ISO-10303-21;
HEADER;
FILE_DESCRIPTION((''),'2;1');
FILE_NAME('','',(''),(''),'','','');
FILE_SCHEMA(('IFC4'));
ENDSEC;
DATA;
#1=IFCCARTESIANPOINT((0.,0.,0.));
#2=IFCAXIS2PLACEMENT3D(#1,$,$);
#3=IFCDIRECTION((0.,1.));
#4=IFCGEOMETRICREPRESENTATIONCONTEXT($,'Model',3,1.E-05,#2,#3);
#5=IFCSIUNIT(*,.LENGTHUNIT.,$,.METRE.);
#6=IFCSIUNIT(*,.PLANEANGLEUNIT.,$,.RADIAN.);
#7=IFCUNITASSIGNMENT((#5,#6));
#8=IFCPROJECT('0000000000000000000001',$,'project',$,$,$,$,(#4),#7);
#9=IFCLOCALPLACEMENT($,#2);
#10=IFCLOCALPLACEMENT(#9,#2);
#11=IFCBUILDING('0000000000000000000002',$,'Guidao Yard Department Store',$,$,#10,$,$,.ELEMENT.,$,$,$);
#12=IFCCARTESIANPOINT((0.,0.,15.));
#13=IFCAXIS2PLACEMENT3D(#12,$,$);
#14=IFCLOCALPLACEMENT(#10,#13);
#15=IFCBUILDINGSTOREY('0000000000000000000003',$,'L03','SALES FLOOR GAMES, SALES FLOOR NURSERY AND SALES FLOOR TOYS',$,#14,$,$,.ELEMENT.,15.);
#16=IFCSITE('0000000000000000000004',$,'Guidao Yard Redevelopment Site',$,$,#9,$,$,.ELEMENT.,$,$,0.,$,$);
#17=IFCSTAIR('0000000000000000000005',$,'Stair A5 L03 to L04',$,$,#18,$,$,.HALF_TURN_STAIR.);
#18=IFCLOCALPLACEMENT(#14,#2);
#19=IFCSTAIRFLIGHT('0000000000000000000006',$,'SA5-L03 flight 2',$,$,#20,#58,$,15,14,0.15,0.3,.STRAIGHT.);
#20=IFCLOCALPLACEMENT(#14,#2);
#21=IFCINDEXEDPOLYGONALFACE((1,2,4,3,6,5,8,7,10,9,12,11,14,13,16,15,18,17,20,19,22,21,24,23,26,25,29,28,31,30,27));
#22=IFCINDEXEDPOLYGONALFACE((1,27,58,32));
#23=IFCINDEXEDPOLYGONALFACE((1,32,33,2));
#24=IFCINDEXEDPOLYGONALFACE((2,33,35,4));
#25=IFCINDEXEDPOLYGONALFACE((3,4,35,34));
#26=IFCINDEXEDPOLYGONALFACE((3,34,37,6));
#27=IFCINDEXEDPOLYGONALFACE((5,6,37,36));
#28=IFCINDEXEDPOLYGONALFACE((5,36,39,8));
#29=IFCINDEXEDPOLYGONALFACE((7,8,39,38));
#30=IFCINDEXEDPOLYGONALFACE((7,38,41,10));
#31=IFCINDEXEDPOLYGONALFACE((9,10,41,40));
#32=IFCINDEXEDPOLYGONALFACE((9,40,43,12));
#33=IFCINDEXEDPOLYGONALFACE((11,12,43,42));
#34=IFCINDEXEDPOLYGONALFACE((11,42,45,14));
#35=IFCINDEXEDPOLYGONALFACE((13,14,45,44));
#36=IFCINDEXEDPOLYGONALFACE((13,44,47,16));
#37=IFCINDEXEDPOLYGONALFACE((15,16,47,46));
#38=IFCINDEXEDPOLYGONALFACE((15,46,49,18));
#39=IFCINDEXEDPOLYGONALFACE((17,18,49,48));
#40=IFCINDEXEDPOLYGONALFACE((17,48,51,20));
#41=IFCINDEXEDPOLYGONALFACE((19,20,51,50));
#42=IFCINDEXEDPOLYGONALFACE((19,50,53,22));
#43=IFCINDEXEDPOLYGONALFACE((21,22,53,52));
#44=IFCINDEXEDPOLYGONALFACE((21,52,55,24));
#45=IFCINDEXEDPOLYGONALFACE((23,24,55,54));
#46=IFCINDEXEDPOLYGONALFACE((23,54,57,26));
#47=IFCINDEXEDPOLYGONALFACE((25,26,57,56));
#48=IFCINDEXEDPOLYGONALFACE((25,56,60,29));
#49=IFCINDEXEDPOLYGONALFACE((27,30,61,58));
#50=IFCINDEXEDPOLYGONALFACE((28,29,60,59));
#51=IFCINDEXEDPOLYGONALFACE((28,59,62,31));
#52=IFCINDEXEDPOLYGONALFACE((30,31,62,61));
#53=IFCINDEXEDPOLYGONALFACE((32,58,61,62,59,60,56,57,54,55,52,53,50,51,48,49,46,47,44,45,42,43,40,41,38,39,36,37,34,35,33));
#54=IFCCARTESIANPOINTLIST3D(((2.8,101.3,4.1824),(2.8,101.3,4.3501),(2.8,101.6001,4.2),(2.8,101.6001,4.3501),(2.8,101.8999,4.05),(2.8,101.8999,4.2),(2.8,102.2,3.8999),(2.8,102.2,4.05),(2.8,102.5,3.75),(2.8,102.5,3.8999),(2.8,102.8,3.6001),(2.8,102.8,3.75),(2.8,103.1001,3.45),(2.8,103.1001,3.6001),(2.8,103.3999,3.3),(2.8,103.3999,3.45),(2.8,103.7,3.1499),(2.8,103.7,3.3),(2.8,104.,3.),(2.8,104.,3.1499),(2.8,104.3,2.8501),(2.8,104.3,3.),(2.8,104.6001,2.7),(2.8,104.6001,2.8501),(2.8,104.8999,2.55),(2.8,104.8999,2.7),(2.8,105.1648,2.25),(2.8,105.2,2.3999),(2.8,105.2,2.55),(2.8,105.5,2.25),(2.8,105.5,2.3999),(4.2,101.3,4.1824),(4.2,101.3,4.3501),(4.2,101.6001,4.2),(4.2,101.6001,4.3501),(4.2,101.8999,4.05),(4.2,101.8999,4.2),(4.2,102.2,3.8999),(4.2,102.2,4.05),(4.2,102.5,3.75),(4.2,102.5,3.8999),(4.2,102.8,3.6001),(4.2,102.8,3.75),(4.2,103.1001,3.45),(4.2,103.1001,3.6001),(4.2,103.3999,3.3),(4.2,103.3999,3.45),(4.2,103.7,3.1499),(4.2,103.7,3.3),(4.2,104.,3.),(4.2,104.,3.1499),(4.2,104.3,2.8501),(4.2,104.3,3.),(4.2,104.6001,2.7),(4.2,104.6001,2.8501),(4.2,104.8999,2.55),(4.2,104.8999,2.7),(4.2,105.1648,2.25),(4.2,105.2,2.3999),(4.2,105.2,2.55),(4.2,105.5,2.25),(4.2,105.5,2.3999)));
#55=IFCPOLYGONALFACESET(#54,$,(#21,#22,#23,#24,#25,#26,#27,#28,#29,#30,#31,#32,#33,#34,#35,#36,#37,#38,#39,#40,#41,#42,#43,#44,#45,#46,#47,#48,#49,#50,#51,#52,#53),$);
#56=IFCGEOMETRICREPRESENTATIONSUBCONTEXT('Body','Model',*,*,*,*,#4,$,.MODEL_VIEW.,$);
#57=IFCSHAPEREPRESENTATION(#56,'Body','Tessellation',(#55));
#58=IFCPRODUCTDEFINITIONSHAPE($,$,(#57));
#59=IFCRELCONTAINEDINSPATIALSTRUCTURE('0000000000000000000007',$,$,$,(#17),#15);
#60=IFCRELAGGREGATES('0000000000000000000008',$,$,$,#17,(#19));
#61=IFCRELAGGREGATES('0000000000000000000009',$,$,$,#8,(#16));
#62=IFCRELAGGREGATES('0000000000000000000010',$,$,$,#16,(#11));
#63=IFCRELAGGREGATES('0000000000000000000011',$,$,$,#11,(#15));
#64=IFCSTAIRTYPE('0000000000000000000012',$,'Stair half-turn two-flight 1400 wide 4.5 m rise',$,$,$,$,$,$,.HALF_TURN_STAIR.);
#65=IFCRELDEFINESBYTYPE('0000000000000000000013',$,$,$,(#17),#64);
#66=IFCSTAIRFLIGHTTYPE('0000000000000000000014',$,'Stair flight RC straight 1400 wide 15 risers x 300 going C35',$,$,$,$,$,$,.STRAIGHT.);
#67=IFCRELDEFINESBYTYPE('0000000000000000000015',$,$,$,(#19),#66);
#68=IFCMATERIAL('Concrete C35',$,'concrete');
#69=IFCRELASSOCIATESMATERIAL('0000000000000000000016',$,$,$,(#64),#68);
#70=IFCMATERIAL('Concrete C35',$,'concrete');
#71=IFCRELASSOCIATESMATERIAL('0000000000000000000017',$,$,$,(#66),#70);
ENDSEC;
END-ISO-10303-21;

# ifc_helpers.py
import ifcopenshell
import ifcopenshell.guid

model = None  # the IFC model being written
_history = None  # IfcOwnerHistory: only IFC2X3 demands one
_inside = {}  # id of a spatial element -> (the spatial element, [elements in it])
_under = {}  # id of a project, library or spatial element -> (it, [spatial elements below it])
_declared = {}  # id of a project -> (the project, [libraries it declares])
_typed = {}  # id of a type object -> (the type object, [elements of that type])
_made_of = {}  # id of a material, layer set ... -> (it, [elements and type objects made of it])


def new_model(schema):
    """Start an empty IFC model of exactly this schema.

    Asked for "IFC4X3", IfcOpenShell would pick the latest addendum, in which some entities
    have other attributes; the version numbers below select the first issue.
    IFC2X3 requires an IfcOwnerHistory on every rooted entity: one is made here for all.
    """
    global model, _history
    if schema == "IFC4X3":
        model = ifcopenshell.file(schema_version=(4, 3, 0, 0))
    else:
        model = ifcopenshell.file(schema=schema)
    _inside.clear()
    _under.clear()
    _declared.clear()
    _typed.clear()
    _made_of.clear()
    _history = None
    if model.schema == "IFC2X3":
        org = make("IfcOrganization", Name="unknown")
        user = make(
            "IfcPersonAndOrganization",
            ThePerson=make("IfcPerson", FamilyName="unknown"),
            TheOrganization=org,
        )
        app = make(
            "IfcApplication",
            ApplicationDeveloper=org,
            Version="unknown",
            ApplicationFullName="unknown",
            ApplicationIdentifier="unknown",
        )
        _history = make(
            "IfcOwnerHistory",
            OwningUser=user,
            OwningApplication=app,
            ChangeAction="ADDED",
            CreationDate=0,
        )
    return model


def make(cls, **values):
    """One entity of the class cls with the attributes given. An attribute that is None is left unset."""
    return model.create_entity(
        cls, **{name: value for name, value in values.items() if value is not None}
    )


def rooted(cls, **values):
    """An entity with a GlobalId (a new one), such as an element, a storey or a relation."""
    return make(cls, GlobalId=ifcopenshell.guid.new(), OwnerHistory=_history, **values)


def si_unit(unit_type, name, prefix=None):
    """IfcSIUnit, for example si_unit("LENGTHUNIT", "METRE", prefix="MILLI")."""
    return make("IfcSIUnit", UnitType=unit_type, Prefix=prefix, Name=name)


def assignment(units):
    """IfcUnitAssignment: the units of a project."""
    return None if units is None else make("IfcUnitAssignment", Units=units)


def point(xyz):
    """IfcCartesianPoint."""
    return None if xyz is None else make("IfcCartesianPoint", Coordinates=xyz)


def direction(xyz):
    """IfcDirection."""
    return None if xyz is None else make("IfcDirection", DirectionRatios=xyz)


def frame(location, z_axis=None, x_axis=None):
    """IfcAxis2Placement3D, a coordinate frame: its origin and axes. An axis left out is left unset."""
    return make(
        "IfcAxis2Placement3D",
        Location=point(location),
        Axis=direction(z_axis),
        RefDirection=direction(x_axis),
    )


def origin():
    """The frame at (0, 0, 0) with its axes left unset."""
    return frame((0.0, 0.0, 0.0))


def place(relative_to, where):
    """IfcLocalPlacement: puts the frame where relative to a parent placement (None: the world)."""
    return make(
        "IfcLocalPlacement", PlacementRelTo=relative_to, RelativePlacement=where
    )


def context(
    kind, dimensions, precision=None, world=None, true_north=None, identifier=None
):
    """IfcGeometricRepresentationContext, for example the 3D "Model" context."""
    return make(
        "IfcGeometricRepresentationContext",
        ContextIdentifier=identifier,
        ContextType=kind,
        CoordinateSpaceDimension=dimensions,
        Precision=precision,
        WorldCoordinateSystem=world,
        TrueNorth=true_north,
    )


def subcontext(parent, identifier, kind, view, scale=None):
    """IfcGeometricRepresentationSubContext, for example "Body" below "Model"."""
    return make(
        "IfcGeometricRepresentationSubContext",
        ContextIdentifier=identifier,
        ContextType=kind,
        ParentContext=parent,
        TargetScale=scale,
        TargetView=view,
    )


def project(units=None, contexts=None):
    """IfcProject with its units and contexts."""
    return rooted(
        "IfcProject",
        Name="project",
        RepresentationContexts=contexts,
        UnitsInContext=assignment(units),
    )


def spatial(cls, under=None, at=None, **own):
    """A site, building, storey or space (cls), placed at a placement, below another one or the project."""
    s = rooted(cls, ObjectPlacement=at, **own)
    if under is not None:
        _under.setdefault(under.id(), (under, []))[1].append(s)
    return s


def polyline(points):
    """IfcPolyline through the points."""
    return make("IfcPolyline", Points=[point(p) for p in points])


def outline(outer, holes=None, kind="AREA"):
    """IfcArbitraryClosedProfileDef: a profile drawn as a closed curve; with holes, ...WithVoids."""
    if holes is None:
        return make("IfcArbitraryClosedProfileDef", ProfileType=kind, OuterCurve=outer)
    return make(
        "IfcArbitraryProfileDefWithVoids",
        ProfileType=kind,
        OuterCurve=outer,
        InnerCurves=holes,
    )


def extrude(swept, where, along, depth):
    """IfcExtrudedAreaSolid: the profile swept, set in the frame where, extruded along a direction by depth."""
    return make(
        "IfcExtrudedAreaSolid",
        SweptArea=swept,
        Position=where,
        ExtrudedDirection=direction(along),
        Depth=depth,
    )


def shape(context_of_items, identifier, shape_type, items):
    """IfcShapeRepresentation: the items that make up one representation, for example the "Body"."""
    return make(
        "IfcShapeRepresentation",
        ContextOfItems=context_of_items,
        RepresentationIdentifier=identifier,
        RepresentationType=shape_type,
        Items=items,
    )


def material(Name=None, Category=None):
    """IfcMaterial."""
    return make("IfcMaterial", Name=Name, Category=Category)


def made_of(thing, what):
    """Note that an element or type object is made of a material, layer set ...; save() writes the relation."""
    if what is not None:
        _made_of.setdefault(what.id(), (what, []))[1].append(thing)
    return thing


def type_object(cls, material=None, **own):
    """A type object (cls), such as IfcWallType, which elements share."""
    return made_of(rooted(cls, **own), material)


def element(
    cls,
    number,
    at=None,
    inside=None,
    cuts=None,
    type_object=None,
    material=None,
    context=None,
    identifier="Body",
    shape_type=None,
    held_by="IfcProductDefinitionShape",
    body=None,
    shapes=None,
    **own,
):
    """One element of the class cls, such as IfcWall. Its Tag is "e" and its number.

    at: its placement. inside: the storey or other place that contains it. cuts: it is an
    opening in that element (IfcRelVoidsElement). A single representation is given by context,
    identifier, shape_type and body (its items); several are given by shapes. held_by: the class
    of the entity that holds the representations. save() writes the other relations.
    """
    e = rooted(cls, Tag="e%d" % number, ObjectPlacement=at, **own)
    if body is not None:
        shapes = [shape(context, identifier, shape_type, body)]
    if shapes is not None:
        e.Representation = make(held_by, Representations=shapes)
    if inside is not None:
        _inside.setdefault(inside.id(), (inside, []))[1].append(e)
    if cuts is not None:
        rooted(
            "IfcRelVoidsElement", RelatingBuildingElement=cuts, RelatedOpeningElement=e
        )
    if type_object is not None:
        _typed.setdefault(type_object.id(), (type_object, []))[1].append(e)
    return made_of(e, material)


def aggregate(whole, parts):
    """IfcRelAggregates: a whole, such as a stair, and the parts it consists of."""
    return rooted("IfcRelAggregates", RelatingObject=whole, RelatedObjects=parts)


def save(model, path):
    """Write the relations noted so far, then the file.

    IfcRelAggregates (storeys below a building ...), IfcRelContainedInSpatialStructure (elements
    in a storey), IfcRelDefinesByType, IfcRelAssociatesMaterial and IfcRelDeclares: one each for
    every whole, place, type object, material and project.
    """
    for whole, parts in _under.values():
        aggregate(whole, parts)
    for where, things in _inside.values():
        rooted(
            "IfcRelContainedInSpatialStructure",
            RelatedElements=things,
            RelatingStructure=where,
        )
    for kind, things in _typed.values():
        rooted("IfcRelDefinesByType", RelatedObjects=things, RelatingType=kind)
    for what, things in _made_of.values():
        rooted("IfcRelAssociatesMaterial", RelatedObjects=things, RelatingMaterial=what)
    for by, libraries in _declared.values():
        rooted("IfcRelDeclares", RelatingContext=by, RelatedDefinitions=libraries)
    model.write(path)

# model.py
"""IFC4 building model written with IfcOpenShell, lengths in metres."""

from ifc_helpers import new_model, si_unit, direction, frame, origin, place, context, subcontext, project, spatial, polyline, outline, extrude, material, type_object, element, aggregate, save


model = new_model("IFC4")

# Units and contexts
model_context = context("Model", 3, precision=1e-05, world=origin(), true_north=direction((0.0, 1.0)))
body_context = subcontext(model_context, "Body", "Model", "MODEL_VIEW")
ifc_project = project(units=[si_unit("LENGTHUNIT", "METRE"), si_unit("PLANEANGLEUNIT", "RADIAN")], contexts=[model_context])

# Site, building, storey
site_placement = place(None, origin())
site = spatial("IfcSite", under=ifc_project, at=site_placement, Name="Guidao Yard Redevelopment Site", CompositionType="ELEMENT", RefElevation=0.0)
building_placement = place(site_placement, origin())
building = spatial("IfcBuilding", under=site, at=building_placement, Name="Guidao Yard Department Store", CompositionType="ELEMENT")
storey_placement = place(building_placement, frame((0.0, 0.0, 15.0)))
storey = spatial("IfcBuildingStorey", under=building, at=storey_placement, Name="L03", Description="SALES FLOOR GAMES, SALES FLOOR NURSERY AND SALES FLOOR TOYS", CompositionType="ELEMENT", Elevation=15.0)

# Stair, stair flight
ifc_material_1 = material(Name="Concrete C35", Category="concrete")
stair_type = type_object("IfcStairType", Name="Stair half-turn two-flight 1400 wide 4.5 m rise", PredefinedType="HALF_TURN_STAIR", material=ifc_material_1)
stair_placement = place(storey_placement, origin())
stair = element("IfcStair", 1, at=stair_placement, inside=storey, type_object=stair_type, Name="Stair A5 L03 to L04", PredefinedType="HALF_TURN_STAIR")
ifc_material_2 = material(Name="Concrete C35", Category="concrete")
stair_flight_type = type_object("IfcStairFlightType", Name="Stair flight RC straight 1400 wide 15 risers x 300 going C35", PredefinedType="STRAIGHT", material=ifc_material_2)
stair_flight_1_placement = place(storey_placement, frame((3.5, 105.5, 2.25), z_axis=(0.0, 0.0, 1.0), x_axis=(0.0, -1.0, 0.0)))
stair_flight_1 = element("IfcStairFlight", 2, at=stair_flight_1_placement, type_object=stair_flight_type, Name="SA5-L03 flight 2", NumberOfRisers=15, NumberOfTreads=14, PredefinedType="STRAIGHT", RiserHeight=0.15, TreadLength=0.3, context=body_context, shape_type="SweptSolid", body=[
    extrude(outline(polyline([(0.0, 0.0), (0.0, 0.1499), (0.3, 0.1499), (0.3, 0.3), (0.6001, 0.3), (0.6001, 0.45), (0.8999, 0.45), (0.8999, 0.6001), (1.2, 0.6001), (1.2, 0.75), (1.5, 0.75), (1.5, 0.8999), (1.8, 0.8999), (1.8, 1.05), (2.1001, 1.05), (2.1001, 1.2), (2.3999, 1.2), (2.3999, 1.3501), (2.7, 1.3501), (2.7, 1.5), (3.0, 1.5), (3.0, 1.6499), (3.3, 1.6499), (3.3, 1.8), (3.6001, 1.8), (3.6001, 1.95), (3.8999, 1.95), (3.8999, 2.1001), (4.2, 2.1001), (4.2, 2.25), (4.2, 1.9324), (0.3352, 0.0), (0.0, 0.0)])), frame((0.0, 0.7, 0.0), z_axis=(0.0, -1.0, 0.0), x_axis=(1.0, 0.0, 0.0)), (0.0, 0.0, 1.0), 1.3999),
])
aggregate(stair, [stair_flight_1])

save(model, "model.ifc")
